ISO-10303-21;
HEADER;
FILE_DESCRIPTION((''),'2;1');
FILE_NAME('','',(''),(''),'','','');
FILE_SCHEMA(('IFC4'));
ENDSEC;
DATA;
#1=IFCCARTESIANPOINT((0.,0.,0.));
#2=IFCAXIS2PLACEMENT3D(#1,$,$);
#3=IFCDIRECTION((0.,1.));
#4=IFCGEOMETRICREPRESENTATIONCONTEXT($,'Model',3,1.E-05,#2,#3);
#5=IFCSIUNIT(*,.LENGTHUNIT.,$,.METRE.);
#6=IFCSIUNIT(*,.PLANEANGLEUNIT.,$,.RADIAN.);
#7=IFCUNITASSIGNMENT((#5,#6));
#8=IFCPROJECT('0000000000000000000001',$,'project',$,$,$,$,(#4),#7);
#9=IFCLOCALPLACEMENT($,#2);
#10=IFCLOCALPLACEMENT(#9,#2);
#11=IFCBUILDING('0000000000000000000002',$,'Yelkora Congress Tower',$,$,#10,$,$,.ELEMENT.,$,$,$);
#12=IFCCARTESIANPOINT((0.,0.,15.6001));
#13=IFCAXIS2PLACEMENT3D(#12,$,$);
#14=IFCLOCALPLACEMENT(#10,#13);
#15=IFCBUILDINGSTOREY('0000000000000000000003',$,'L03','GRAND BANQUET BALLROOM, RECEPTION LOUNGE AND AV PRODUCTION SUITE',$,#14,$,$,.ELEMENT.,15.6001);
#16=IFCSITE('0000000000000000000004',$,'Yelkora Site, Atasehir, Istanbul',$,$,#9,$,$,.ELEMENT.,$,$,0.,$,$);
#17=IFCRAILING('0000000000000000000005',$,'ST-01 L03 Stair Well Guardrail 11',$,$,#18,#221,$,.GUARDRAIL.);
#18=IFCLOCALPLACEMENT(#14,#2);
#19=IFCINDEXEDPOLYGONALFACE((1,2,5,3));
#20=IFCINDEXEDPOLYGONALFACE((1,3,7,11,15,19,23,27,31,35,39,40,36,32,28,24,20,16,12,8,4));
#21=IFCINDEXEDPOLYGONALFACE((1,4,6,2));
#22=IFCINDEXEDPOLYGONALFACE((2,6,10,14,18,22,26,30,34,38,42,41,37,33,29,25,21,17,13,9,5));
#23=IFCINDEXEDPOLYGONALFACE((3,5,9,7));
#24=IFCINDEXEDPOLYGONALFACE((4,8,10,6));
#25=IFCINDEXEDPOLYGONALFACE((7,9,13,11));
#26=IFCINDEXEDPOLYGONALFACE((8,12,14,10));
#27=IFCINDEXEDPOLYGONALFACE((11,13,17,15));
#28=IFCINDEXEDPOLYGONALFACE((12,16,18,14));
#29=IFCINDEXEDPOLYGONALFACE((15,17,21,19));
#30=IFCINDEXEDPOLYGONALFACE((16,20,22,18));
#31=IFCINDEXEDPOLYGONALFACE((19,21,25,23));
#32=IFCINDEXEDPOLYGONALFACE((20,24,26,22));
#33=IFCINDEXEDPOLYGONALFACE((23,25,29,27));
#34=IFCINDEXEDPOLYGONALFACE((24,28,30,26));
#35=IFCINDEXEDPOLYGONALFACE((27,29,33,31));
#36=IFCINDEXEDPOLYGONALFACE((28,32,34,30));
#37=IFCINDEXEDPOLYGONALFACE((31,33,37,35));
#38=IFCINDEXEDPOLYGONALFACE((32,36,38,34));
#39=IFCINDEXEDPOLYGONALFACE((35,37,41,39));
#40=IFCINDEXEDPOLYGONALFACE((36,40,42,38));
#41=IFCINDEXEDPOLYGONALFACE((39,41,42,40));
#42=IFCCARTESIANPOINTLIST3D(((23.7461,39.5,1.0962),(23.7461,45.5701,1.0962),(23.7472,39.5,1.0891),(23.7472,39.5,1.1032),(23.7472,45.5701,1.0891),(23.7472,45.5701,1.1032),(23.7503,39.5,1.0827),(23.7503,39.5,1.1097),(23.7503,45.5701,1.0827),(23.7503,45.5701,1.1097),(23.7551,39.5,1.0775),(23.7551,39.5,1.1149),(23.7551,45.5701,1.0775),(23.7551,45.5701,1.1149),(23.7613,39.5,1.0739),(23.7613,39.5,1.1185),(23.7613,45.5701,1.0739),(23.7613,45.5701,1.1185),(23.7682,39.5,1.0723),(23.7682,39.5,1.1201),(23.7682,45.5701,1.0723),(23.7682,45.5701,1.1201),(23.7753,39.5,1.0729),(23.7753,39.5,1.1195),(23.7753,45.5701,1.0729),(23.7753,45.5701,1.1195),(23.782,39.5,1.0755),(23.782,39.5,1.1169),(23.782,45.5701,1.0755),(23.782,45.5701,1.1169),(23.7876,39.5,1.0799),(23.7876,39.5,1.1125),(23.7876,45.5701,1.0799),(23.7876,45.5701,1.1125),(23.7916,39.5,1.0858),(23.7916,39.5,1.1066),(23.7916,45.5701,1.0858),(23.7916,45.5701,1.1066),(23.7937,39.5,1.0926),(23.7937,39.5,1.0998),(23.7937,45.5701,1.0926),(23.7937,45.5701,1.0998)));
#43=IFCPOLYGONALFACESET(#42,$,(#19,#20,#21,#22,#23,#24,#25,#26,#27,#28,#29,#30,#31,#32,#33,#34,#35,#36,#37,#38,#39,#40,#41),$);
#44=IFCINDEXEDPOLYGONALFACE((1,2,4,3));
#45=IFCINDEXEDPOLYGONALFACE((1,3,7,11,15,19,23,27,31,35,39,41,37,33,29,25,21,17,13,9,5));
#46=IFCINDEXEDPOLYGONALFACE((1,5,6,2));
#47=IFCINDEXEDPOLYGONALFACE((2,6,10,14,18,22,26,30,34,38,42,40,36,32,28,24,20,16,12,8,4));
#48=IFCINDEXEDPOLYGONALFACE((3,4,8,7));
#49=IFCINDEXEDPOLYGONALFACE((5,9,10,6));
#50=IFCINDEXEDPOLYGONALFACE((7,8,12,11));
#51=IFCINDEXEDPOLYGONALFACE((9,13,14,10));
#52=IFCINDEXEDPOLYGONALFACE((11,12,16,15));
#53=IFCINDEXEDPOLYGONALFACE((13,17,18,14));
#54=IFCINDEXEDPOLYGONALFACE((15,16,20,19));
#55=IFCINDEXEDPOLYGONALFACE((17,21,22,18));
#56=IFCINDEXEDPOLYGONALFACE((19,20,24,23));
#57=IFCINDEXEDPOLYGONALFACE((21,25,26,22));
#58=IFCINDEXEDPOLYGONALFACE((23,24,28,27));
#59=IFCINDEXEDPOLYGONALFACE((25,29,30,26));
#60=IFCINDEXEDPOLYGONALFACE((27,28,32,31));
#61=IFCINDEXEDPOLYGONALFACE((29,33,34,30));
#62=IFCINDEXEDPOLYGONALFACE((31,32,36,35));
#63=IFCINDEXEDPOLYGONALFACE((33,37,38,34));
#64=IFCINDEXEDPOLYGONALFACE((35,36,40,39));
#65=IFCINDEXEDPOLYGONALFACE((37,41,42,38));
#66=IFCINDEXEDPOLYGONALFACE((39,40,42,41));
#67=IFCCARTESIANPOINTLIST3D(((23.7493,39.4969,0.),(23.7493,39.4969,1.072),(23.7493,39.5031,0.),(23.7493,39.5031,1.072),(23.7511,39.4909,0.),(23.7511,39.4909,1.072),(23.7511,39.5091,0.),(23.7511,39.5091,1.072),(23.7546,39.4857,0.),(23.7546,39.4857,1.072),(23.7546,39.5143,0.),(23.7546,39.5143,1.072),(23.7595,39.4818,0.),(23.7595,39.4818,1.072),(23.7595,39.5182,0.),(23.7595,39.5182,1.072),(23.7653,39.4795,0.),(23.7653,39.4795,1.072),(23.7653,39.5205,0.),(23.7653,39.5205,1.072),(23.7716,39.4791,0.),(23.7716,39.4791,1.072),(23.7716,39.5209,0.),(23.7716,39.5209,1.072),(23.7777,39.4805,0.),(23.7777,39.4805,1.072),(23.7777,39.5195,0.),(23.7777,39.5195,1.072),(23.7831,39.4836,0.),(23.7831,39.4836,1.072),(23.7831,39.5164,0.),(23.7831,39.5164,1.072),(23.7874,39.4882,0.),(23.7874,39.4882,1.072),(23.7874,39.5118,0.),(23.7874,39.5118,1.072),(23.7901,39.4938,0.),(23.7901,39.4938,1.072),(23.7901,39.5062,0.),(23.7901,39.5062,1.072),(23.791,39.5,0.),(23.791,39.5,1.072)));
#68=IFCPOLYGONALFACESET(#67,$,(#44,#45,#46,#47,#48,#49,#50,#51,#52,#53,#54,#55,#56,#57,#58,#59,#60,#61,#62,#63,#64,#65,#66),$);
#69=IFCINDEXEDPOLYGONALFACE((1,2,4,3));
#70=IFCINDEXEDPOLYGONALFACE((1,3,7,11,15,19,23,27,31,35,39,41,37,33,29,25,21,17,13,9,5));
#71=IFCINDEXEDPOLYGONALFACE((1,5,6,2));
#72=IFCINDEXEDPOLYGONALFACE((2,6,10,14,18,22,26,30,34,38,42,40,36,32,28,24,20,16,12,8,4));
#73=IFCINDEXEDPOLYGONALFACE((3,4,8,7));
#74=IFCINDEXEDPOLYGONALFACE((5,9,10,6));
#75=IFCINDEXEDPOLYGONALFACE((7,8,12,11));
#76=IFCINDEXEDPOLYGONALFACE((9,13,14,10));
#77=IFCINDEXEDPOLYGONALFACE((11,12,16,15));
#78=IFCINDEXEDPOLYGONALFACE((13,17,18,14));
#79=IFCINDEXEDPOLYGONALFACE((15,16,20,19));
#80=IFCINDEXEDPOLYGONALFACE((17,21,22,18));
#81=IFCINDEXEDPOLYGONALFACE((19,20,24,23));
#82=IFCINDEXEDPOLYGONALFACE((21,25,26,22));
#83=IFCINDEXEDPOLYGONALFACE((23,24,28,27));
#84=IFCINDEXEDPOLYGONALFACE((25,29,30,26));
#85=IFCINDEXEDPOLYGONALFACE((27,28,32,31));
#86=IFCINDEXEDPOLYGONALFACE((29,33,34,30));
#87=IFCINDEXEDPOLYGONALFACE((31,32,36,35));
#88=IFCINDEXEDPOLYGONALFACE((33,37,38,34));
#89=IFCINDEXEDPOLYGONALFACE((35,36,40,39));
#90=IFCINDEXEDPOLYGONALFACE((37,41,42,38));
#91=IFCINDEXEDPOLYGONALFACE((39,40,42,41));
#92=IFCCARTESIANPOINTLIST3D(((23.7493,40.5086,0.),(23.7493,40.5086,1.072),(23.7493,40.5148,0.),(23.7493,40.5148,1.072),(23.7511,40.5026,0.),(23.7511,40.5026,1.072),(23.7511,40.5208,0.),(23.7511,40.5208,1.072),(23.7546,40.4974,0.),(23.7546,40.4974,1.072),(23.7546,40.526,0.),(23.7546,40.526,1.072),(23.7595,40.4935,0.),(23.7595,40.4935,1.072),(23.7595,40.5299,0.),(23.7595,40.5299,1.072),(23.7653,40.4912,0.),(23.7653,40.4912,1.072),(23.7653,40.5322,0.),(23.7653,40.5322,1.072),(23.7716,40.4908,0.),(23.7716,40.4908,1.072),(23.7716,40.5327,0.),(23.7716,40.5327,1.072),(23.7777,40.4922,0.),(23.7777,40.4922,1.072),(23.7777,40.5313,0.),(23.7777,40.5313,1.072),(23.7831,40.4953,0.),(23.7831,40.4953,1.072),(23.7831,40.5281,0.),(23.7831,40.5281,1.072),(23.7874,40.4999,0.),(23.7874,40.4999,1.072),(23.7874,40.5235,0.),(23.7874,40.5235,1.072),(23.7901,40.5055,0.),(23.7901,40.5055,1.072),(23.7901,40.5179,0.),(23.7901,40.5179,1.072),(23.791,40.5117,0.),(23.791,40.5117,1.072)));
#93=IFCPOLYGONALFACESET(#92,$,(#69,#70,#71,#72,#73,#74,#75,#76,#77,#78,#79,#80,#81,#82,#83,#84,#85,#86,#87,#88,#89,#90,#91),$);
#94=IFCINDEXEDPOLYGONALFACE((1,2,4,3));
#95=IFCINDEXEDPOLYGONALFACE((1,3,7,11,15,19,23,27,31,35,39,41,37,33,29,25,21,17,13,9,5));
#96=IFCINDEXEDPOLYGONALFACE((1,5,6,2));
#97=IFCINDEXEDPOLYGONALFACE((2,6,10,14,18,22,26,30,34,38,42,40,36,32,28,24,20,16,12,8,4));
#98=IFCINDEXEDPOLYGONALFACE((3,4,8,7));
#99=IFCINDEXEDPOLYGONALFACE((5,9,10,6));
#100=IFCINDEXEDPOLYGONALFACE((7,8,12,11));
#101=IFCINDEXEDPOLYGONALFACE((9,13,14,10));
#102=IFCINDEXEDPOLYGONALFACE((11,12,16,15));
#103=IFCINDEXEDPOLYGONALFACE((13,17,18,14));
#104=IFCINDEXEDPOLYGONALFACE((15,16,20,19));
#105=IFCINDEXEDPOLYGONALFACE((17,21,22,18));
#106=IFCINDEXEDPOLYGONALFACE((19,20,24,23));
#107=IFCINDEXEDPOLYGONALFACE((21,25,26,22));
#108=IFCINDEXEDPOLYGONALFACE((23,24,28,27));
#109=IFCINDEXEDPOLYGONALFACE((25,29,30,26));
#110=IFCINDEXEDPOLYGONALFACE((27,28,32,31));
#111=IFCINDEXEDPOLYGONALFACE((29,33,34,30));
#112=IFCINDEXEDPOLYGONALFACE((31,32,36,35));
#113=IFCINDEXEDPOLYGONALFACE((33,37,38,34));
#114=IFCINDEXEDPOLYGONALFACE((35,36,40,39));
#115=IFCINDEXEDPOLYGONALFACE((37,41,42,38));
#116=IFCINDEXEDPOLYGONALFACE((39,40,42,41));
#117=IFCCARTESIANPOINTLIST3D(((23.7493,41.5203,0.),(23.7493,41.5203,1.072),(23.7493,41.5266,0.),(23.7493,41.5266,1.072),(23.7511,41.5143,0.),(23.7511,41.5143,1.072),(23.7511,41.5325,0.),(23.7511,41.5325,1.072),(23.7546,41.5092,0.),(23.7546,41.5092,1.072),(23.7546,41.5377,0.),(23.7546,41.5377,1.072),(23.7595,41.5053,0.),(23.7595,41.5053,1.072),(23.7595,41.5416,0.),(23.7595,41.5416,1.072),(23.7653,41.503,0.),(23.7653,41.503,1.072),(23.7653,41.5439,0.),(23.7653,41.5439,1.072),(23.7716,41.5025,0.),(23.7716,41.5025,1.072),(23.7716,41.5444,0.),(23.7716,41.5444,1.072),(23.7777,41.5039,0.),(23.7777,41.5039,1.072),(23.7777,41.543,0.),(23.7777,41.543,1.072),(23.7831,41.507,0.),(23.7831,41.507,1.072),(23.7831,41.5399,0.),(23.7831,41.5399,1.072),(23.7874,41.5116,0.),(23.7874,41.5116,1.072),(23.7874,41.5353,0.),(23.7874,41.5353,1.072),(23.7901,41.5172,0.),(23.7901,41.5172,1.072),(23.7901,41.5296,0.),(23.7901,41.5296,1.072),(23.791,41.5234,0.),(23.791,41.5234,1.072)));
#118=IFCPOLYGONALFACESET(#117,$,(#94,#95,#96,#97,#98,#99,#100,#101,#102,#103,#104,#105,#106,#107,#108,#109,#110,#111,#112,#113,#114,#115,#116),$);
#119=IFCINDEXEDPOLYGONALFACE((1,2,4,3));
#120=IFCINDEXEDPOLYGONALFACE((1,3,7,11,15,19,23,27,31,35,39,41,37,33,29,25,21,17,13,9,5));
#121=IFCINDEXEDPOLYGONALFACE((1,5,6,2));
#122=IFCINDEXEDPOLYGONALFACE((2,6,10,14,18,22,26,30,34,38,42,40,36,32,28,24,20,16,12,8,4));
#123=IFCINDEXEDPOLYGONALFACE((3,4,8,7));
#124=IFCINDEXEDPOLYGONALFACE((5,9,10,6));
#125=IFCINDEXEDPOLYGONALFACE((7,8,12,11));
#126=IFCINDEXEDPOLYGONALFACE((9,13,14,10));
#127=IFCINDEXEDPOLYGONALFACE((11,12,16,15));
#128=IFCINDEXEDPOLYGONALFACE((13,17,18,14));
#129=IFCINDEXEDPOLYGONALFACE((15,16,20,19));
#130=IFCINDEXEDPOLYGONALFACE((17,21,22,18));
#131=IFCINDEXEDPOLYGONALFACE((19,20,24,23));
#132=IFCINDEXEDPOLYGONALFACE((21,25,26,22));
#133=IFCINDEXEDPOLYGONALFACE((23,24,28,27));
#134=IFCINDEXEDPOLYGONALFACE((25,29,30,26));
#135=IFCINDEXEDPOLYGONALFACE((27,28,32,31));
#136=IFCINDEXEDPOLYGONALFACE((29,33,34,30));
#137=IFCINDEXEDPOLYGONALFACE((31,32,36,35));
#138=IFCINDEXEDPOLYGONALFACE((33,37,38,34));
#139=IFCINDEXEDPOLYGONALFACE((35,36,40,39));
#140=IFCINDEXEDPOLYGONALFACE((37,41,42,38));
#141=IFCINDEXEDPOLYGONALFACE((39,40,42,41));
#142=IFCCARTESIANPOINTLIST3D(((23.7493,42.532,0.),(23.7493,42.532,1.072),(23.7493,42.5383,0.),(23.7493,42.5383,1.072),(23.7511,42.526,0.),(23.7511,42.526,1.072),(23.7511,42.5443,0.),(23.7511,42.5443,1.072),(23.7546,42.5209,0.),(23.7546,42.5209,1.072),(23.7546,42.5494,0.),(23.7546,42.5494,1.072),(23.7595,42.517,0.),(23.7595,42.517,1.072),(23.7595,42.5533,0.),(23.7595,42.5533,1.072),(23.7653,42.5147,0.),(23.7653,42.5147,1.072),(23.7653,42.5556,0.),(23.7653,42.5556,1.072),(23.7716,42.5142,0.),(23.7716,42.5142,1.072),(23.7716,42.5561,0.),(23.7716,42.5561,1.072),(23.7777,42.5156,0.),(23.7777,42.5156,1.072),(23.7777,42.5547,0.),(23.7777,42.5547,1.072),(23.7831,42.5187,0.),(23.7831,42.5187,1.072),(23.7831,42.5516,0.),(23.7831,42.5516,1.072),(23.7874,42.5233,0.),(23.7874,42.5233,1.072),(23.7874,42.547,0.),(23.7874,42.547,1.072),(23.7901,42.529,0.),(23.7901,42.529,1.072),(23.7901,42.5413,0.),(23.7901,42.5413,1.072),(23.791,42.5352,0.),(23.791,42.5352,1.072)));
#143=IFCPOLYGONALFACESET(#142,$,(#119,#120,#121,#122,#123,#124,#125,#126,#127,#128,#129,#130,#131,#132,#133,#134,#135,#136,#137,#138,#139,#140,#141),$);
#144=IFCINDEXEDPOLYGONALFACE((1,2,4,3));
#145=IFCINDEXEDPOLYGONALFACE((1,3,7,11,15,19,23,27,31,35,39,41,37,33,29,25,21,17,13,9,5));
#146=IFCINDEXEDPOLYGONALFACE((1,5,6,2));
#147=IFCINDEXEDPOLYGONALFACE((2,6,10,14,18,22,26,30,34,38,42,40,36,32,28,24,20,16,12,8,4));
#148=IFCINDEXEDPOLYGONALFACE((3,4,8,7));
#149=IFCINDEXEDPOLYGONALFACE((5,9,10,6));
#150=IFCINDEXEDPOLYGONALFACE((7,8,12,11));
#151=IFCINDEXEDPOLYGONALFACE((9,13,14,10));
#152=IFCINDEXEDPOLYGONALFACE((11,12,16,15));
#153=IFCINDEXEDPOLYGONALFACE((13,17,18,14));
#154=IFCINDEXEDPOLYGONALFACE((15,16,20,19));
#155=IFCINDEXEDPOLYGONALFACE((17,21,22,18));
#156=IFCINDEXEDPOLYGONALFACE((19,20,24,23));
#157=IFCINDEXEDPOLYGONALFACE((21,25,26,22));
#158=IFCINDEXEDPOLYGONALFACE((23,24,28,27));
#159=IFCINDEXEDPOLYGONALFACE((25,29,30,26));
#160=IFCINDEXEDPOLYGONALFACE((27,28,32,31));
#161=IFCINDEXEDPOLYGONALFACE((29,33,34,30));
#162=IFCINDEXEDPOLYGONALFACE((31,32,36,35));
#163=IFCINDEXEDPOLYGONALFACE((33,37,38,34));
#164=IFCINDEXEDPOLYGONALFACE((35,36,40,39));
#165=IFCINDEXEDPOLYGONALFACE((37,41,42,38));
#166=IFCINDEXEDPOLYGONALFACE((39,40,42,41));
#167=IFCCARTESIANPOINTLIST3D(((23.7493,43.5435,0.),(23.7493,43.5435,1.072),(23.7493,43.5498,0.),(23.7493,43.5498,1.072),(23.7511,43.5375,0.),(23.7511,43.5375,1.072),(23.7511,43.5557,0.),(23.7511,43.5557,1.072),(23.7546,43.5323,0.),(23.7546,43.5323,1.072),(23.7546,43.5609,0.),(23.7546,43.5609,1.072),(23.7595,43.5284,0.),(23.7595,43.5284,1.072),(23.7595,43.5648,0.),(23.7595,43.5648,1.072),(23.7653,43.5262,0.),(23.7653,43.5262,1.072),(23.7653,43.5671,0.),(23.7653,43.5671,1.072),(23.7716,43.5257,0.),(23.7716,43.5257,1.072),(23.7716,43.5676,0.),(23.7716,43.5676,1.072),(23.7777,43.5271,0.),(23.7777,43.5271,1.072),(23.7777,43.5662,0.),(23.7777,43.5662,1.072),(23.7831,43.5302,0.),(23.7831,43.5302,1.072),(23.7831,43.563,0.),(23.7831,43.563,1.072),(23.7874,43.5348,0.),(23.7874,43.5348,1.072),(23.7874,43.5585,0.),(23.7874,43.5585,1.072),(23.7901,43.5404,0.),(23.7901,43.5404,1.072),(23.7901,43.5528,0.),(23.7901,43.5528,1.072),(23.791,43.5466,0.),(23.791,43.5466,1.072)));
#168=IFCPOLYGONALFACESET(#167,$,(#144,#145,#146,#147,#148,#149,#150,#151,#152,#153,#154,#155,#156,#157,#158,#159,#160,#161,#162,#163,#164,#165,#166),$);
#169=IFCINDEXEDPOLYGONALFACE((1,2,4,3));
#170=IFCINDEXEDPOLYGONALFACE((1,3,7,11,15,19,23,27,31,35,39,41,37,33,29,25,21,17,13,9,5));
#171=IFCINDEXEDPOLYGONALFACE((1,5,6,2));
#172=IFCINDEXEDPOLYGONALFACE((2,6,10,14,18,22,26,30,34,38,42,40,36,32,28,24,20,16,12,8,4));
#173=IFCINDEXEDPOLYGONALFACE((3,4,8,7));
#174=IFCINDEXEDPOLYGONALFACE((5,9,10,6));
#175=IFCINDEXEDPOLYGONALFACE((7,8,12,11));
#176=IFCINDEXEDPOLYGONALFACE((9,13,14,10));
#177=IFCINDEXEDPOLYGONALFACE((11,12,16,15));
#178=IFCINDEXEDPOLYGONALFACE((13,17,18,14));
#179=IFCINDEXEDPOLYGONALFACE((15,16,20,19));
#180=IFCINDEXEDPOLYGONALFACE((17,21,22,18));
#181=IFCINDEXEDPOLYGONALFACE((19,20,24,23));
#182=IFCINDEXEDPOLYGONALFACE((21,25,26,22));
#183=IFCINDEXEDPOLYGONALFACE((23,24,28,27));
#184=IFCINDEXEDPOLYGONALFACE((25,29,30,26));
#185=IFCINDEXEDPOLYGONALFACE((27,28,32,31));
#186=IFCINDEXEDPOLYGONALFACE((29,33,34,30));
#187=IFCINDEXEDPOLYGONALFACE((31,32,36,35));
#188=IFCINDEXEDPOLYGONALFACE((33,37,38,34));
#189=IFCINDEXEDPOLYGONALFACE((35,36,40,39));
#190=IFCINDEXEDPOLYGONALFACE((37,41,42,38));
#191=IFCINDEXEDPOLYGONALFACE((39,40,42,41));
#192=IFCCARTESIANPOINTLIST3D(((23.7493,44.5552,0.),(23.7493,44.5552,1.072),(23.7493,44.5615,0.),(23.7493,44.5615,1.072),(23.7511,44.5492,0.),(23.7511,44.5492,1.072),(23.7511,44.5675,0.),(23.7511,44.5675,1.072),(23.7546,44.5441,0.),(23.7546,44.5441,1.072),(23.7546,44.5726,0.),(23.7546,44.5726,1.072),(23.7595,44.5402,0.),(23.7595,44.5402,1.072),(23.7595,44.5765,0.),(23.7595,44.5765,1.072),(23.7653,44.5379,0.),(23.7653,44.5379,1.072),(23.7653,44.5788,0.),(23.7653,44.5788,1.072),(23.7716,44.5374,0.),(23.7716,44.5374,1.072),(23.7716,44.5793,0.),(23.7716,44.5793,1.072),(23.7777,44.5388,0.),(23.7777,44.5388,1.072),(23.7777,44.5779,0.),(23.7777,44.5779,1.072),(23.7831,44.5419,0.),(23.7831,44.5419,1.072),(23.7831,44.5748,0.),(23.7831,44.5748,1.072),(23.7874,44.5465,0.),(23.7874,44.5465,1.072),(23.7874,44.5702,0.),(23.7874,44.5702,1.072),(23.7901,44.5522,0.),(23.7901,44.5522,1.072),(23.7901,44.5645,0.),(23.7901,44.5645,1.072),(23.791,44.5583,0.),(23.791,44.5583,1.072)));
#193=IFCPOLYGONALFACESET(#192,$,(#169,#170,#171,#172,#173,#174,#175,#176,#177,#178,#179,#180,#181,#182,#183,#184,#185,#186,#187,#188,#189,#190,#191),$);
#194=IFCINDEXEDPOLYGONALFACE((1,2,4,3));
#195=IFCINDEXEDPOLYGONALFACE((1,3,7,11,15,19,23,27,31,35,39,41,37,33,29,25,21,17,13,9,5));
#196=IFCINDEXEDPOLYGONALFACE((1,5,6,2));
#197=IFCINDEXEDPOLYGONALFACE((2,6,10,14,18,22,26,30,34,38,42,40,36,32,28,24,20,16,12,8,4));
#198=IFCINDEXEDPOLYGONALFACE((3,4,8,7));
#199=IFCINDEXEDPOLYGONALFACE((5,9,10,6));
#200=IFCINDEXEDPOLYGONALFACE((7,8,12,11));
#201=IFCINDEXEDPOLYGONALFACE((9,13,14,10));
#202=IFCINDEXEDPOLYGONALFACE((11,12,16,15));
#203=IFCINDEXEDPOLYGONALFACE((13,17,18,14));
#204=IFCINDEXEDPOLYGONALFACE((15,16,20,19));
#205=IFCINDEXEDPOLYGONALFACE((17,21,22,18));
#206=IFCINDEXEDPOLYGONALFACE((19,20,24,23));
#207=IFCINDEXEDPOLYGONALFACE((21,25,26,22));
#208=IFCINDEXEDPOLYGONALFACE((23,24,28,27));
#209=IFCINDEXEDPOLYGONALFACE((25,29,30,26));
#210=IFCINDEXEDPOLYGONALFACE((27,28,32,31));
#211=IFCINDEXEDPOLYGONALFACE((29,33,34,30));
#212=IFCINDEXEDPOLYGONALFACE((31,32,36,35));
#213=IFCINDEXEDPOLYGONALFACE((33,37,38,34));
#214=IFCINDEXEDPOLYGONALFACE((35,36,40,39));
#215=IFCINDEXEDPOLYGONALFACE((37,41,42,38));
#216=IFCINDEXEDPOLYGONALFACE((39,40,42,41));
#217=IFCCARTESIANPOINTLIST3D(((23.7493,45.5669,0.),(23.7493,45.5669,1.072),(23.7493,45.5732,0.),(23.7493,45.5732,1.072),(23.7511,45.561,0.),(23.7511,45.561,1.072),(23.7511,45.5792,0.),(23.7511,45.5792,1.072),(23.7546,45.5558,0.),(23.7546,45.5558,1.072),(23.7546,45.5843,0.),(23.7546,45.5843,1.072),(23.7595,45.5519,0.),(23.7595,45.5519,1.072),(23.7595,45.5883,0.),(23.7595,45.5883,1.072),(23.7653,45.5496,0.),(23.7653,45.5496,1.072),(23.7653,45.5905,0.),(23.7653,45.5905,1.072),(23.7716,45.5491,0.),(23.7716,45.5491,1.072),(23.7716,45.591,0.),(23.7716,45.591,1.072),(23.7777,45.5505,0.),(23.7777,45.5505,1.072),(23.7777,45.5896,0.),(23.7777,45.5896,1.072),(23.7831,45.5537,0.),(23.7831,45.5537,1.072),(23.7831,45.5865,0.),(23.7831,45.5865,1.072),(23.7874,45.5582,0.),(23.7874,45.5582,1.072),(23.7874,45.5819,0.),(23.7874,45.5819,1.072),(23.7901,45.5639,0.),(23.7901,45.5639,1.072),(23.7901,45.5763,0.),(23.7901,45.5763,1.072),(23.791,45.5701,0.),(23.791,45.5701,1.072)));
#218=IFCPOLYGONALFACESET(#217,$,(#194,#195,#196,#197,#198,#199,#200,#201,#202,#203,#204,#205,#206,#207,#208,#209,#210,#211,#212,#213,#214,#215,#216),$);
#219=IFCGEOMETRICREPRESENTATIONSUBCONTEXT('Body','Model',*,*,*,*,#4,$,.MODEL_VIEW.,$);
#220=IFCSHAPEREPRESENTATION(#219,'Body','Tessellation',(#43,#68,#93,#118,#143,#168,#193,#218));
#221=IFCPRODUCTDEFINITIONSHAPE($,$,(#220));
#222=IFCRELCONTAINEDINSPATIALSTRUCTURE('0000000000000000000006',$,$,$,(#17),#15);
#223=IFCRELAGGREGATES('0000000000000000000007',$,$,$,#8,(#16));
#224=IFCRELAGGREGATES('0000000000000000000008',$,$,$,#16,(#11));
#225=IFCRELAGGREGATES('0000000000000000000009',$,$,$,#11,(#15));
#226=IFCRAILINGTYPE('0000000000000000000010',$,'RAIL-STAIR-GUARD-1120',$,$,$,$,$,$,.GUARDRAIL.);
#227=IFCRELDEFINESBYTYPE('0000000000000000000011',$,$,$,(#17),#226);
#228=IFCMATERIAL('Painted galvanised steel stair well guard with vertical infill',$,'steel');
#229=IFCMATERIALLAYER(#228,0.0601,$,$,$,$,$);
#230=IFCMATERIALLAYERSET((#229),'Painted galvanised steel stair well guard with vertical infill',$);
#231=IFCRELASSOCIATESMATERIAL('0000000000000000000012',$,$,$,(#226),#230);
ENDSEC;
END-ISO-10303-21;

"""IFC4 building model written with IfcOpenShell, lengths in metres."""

from ifc_helpers import new_model, si_unit, direction, frame, origin, origin_2d, place, context, subcontext, project, spatial, circle, extrude, material, layer, layer_set, type_object, element, save


model = new_model("IFC4")

# Units and contexts
model_context = context("Model", 3, precision=1e-05, world=origin(), true_north=direction((0.0, 1.0)))
body_context = subcontext(model_context, "Body", "Model", "MODEL_VIEW")
ifc_project = project(units=[si_unit("LENGTHUNIT", "METRE"), si_unit("PLANEANGLEUNIT", "RADIAN")], contexts=[model_context])

# Site, building, storey
site_placement = place(None, origin())
site = spatial("IfcSite", under=ifc_project, at=site_placement, Name="Yelkora Site, Atasehir, Istanbul", CompositionType="ELEMENT", RefElevation=0.0)
building_placement = place(site_placement, origin())
building = spatial("IfcBuilding", under=site, at=building_placement, Name="Yelkora Congress Tower", CompositionType="ELEMENT")
storey_placement = place(building_placement, frame((0.0, 0.0, 15.6001)))
storey = spatial("IfcBuildingStorey", under=building, at=storey_placement, Name="L03", Description="GRAND BANQUET BALLROOM, RECEPTION LOUNGE AND AV PRODUCTION SUITE", CompositionType="ELEMENT", Elevation=15.6001)

# Railing
ifc_material_1 = material(Name="Painted galvanised steel stair well guard with vertical infill", Category="steel")
ifc_layer_1 = layer(ifc_material_1, 0.0601)
ifc_layer_set_1 = layer_set([ifc_layer_1], Name="Painted galvanised steel stair well guard with vertical infill")
railing_type = type_object("IfcRailingType", Name="RAIL-STAIR-GUARD-1120", PredefinedType="GUARDRAIL", material=ifc_layer_set_1)
railing_placement = place(storey_placement, frame((23.77, 39.5, 0.0)))
element("IfcRailing", 1, at=railing_placement, inside=storey, type_object=railing_type, Name="ST-01 L03 Stair Well Guardrail 11", PredefinedType="GUARDRAIL", context=body_context, shape_type="SweptSolid", body=[
    extrude(circle(Radius=0.0239, at=origin_2d()), frame((0.0, 0.0, 1.0962), z_axis=(0.0, 1.0, 0.0), x_axis=(-1.0, 0.0, 0.0)), (0.0, 0.0, 1.0), 6.0701),
    extrude(circle(Radius=0.021, at=origin_2d()), origin(), (0.0, 0.0, 1.0), 1.072),
    extrude(circle(Radius=0.021, at=origin_2d()), frame((0.0, 1.0117, 0.0)), (0.0, 0.0, 1.0), 1.072),
    extrude(circle(Radius=0.021, at=origin_2d()), frame((0.0, 2.0234, 0.0)), (0.0, 0.0, 1.0), 1.072),
    extrude(circle(Radius=0.021, at=origin_2d()), frame((0.0, 3.0352, 0.0)), (0.0, 0.0, 1.0), 1.072),
    extrude(circle(Radius=0.021, at=origin_2d()), frame((0.0, 4.0466, 0.0)), (0.0, 0.0, 1.0), 1.072),
    extrude(circle(Radius=0.021, at=origin_2d()), frame((0.0, 5.0583, 0.0)), (0.0, 0.0, 1.0), 1.072),
    extrude(circle(Radius=0.021, at=origin_2d()), frame((0.0, 6.0701, 0.0)), (0.0, 0.0, 1.0), 1.072),
])

save(model, "model.ifc")
